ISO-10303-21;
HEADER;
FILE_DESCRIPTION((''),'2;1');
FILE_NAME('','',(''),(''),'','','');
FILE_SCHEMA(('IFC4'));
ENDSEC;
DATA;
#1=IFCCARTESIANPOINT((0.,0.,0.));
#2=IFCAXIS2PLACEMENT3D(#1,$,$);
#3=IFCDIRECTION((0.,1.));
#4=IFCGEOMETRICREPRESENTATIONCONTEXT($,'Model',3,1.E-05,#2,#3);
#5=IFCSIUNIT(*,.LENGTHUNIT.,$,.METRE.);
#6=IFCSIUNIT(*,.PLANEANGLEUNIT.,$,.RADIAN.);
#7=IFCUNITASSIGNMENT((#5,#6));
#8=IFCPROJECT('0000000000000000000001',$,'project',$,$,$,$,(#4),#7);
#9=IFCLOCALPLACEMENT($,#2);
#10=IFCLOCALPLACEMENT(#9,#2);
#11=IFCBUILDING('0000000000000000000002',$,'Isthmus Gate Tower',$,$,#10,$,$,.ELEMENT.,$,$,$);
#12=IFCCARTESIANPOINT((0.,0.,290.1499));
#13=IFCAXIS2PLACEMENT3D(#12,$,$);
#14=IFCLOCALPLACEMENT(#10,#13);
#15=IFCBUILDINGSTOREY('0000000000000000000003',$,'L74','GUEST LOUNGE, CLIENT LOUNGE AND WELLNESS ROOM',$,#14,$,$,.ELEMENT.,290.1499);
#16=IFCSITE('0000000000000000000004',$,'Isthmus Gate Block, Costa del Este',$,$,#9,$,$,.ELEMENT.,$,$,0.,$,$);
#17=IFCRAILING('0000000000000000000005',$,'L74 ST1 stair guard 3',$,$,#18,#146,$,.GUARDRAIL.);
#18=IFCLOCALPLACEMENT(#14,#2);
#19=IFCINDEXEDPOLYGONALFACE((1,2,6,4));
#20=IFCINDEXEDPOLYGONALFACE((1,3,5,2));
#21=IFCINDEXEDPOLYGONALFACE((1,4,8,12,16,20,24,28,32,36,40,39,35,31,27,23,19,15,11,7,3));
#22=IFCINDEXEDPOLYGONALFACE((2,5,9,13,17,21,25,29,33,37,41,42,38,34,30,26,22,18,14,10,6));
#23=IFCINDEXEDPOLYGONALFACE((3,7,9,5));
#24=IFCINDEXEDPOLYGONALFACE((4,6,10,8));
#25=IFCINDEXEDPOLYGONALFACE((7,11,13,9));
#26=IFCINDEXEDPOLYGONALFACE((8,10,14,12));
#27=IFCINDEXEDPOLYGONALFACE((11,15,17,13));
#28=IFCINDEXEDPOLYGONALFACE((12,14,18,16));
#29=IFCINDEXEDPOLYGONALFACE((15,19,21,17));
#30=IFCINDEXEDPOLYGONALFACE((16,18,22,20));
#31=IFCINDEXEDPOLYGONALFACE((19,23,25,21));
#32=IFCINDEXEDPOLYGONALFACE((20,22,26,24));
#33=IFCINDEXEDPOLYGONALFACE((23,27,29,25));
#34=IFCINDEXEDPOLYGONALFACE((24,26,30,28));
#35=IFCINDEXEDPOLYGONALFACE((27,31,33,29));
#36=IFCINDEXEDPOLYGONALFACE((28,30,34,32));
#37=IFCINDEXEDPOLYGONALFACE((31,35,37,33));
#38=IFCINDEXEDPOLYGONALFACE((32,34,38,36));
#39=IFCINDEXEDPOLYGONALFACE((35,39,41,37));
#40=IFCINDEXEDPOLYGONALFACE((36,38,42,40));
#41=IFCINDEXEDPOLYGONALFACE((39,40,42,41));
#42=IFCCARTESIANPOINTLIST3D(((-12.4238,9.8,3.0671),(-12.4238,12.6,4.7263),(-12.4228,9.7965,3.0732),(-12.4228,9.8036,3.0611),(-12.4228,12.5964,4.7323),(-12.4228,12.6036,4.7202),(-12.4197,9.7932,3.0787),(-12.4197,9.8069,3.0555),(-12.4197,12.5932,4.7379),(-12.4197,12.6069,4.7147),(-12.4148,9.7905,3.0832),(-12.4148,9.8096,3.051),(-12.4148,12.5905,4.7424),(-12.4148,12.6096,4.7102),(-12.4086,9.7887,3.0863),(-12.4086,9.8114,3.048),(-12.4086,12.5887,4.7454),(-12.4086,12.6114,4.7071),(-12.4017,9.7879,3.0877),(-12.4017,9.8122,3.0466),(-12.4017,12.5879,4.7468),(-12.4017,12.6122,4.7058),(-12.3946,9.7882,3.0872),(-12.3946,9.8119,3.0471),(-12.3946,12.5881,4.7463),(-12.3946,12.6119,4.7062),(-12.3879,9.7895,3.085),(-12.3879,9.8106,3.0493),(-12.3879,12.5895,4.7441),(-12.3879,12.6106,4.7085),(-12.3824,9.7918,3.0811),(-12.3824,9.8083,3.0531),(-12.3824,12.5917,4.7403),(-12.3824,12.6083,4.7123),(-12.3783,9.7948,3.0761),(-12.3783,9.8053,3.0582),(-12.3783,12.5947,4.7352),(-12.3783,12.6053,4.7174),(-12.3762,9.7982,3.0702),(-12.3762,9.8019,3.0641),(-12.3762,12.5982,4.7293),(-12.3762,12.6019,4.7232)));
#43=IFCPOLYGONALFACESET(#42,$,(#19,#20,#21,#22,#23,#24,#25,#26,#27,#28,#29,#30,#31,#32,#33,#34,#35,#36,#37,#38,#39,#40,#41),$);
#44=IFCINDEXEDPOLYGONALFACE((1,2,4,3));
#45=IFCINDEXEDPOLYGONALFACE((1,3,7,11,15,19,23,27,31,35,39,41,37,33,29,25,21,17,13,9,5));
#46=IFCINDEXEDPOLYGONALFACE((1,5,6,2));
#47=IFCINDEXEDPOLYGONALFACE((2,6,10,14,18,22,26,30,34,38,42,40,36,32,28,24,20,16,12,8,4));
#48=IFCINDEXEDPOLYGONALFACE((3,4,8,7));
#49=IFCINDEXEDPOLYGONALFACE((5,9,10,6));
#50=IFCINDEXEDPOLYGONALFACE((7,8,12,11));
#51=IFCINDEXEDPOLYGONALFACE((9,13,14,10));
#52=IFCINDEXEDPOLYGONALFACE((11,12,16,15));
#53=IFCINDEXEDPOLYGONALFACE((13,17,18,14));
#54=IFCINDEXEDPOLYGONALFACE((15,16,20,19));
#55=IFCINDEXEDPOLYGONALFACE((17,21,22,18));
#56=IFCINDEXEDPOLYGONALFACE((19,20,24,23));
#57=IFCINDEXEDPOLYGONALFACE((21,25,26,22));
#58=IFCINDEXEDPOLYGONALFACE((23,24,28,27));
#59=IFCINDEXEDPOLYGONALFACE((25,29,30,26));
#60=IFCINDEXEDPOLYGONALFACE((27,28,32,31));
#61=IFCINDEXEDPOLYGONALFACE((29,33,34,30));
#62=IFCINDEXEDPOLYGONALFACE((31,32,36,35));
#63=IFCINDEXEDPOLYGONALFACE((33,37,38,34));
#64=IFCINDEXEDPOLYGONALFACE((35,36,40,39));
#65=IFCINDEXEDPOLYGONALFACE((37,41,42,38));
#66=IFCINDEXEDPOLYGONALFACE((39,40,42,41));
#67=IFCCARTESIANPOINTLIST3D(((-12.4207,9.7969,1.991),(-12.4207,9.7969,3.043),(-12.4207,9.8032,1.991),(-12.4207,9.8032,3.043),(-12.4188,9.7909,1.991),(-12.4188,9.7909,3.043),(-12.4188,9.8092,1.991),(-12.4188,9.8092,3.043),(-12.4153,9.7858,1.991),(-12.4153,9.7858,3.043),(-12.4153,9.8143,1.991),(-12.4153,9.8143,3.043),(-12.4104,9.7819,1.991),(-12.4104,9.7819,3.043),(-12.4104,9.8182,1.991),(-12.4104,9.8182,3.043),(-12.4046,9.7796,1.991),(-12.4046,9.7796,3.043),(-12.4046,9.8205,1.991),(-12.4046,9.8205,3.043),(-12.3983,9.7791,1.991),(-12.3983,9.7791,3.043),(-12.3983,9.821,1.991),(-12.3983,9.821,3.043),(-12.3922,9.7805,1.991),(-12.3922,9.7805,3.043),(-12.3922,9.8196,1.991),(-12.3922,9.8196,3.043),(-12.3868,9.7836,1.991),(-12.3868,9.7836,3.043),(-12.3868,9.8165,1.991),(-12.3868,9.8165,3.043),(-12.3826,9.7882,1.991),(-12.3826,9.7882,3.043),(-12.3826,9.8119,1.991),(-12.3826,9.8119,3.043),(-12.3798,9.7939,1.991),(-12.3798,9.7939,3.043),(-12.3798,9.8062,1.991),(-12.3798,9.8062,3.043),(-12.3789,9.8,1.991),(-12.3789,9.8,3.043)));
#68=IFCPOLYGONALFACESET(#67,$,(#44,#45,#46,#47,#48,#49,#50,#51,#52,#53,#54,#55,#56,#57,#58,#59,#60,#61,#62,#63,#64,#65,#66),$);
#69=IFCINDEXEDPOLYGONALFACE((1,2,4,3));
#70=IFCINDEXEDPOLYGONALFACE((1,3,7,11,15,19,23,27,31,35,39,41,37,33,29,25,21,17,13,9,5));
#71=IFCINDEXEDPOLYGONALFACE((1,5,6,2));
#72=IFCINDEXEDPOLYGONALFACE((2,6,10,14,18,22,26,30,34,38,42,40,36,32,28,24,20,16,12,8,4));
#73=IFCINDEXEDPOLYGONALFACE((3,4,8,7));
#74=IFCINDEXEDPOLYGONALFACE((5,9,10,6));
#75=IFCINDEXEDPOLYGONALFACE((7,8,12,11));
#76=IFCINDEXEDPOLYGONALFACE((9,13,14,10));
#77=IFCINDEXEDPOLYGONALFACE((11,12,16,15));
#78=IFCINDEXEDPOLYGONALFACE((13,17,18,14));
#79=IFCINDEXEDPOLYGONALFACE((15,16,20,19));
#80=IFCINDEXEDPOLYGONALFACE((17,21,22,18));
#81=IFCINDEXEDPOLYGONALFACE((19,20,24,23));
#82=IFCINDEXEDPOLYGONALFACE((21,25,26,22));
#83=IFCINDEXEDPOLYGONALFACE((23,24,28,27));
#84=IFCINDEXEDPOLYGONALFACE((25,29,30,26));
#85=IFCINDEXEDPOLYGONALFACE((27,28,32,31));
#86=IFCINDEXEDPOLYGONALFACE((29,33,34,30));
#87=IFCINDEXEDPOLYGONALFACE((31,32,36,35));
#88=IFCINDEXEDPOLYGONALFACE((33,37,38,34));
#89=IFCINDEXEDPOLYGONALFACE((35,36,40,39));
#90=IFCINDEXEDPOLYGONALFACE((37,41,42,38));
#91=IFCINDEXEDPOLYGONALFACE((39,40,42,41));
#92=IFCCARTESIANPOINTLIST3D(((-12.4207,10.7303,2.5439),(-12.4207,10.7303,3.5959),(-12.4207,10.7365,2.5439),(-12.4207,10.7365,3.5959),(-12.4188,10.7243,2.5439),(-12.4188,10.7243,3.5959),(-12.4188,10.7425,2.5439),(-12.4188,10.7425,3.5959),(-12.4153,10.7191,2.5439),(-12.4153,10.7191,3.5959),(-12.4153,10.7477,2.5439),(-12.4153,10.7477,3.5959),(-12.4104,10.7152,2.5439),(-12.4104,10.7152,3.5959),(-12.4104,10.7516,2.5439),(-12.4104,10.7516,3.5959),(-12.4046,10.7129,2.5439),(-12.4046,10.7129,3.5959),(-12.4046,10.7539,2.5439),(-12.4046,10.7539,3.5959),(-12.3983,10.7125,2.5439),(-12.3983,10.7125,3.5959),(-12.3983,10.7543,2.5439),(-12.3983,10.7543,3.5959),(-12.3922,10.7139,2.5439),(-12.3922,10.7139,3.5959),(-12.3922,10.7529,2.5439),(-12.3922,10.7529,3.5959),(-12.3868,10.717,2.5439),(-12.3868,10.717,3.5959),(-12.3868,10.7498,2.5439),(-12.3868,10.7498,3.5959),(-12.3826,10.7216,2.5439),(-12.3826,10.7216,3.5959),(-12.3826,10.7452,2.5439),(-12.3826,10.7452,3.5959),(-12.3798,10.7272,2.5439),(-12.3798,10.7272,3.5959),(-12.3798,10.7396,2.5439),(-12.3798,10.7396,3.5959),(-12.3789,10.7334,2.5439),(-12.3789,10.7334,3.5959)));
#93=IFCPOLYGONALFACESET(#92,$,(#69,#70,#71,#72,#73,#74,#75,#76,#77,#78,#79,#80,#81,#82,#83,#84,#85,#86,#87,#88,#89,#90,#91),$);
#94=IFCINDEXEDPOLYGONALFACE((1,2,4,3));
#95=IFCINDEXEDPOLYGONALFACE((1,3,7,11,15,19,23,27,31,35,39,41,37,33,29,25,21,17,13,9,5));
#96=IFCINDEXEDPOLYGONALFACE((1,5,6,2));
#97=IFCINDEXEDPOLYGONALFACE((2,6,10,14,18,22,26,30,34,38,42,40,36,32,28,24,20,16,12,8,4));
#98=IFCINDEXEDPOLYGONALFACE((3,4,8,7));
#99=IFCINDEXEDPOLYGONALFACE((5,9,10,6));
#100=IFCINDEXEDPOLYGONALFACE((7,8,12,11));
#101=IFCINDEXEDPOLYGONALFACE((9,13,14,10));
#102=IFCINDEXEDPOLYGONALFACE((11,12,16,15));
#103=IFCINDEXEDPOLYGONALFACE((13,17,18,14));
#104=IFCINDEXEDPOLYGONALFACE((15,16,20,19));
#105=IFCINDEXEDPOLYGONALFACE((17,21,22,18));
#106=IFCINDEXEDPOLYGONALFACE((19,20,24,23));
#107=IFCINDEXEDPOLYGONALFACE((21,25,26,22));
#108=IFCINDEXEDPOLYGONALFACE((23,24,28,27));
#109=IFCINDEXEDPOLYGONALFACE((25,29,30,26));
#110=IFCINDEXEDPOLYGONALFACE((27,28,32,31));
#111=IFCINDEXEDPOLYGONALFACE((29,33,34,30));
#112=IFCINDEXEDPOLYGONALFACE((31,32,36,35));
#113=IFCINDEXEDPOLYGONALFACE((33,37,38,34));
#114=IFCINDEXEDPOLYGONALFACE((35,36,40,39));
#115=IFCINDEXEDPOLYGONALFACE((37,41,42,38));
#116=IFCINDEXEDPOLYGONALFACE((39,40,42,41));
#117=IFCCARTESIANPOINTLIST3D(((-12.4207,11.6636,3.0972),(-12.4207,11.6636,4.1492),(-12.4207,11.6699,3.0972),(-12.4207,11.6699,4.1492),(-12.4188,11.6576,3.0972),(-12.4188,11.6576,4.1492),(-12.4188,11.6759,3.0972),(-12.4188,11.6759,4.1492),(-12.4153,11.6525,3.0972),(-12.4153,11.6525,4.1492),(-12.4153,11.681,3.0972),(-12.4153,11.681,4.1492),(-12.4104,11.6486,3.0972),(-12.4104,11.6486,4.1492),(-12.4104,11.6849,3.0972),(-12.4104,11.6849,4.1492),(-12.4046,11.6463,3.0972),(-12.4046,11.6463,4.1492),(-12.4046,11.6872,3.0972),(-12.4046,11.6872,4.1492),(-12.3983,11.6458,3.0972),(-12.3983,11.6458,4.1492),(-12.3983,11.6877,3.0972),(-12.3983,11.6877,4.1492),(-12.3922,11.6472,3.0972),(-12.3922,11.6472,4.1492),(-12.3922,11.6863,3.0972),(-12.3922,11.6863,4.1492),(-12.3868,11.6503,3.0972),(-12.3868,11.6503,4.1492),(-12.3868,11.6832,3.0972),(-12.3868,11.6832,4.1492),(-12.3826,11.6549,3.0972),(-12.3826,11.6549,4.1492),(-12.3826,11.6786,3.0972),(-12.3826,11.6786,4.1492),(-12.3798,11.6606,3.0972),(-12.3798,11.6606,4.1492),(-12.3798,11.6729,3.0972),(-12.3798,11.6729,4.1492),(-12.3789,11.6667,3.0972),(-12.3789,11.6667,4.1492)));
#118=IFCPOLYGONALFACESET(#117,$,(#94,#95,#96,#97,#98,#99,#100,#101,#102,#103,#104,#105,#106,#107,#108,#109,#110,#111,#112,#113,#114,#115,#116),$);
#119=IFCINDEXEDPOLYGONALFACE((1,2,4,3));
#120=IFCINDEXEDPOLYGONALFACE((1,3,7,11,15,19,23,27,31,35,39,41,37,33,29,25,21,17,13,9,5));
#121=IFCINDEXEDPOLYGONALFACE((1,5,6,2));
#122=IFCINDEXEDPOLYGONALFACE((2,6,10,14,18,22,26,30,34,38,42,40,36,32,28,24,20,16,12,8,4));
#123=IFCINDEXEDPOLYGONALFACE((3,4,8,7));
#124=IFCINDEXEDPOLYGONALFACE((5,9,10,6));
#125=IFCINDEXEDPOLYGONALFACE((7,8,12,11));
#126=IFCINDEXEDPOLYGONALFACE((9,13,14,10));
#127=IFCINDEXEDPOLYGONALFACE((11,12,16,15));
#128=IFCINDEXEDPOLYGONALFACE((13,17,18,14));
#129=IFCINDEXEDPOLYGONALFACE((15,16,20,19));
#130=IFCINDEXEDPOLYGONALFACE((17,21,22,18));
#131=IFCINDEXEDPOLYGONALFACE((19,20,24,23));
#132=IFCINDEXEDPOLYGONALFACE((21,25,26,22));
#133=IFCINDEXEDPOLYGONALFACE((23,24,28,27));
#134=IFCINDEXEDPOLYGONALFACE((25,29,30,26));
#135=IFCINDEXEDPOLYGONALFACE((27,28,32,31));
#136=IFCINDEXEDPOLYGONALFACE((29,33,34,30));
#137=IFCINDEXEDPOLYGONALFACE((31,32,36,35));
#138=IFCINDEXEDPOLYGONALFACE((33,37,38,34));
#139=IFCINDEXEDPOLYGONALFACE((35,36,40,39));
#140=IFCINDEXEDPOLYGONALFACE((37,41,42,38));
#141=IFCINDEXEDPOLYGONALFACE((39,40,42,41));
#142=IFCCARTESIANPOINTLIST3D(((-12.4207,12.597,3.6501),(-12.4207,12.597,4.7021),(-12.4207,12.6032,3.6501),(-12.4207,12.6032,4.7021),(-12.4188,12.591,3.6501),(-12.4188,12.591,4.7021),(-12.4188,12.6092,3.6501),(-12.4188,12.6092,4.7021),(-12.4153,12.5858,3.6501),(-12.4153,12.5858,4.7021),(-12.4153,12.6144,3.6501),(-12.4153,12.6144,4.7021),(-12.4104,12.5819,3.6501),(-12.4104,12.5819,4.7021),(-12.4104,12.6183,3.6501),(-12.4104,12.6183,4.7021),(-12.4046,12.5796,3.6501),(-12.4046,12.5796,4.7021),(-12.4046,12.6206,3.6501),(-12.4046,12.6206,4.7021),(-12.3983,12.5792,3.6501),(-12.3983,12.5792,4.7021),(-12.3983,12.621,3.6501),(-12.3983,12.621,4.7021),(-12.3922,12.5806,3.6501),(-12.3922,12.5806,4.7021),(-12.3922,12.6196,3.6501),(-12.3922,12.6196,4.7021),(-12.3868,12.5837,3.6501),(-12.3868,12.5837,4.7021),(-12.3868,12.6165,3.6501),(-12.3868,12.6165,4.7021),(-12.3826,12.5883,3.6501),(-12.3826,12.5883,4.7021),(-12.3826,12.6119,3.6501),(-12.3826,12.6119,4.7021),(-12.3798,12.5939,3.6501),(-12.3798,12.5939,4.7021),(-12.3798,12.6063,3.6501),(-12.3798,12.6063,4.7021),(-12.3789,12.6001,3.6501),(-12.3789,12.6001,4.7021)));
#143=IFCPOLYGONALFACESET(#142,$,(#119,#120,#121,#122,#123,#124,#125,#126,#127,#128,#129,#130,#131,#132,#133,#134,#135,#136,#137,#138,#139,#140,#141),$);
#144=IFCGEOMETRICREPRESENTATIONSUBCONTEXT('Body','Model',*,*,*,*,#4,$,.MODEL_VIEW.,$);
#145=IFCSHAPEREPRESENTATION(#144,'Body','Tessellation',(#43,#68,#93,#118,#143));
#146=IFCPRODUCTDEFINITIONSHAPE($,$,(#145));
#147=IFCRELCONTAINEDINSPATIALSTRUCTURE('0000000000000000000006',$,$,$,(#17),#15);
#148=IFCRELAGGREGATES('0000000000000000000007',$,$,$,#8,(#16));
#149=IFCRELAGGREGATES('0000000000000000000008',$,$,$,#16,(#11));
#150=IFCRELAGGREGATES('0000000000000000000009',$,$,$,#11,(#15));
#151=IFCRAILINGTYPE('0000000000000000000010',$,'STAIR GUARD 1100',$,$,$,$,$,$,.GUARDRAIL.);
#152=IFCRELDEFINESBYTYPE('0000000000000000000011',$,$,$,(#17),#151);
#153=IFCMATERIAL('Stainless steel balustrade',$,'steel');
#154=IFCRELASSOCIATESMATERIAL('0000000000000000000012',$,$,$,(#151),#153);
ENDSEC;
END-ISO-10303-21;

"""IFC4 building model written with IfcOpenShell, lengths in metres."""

from ifc_helpers import new_model, si_unit, direction, frame, origin, origin_2d, place, context, subcontext, project, spatial, circle, extrude, material, type_object, element, save


model = new_model("IFC4")

# Units and contexts
model_context = context("Model", 3, precision=1e-05, world=origin(), true_north=direction((0.0, 1.0)))
body_context = subcontext(model_context, "Body", "Model", "MODEL_VIEW")
ifc_project = project(units=[si_unit("LENGTHUNIT", "METRE"), si_unit("PLANEANGLEUNIT", "RADIAN")], contexts=[model_context])

# Site, building, storey
site_placement = place(None, origin())
site = spatial("IfcSite", under=ifc_project, at=site_placement, Name="Isthmus Gate Block, Costa del Este", CompositionType="ELEMENT", RefElevation=0.0)
building_placement = place(site_placement, origin())
building = spatial("IfcBuilding", under=site, at=building_placement, Name="Isthmus Gate Tower", CompositionType="ELEMENT")
storey_placement = place(building_placement, frame((0.0, 0.0, 290.1499)))
storey = spatial("IfcBuildingStorey", under=building, at=storey_placement, Name="L74", Description="GUEST LOUNGE, CLIENT LOUNGE AND WELLNESS ROOM", CompositionType="ELEMENT", Elevation=290.1499)

# Railing
ifc_material_1 = material(Name="Stainless steel balustrade", Category="steel")
railing_type_1 = type_object("IfcRailingType", Name="STAIR GUARD 1100", PredefinedType="GUARDRAIL", material=ifc_material_1)
railing_1_placement = place(storey_placement, frame((-12.3999, 9.8, 1.991)))
element("IfcRailing", 1, at=railing_1_placement, inside=storey, type_object=railing_type_1, Name="L74 ST1 stair guard 3", PredefinedType="GUARDRAIL", context=body_context, shape_type="SweptSolid", body=[
    extrude(circle(Radius=0.0239, at=origin_2d()), frame((0.0, 0.0, 1.0762), z_axis=(0.0, 0.860306, 0.509778), x_axis=(-1.0, 0.0, 0.0)), (0.0, 0.0, 1.0), 3.2546),
    extrude(circle(Radius=0.021, at=origin_2d()), origin(), (0.0, 0.0, 1.0), 1.052),
    extrude(circle(Radius=0.021, at=origin_2d()), frame((0.0, 0.9333, 0.553)), (0.0, 0.0, 1.0), 1.052),
    extrude(circle(Radius=0.021, at=origin_2d()), frame((0.0, 1.8667, 1.1062)), (0.0, 0.0, 1.0), 1.052),
    extrude(circle(Radius=0.021, at=origin_2d()), frame((0.0, 2.8, 1.6592)), (0.0, 0.0, 1.0), 1.052),
])

save(model, "model.ifc")
